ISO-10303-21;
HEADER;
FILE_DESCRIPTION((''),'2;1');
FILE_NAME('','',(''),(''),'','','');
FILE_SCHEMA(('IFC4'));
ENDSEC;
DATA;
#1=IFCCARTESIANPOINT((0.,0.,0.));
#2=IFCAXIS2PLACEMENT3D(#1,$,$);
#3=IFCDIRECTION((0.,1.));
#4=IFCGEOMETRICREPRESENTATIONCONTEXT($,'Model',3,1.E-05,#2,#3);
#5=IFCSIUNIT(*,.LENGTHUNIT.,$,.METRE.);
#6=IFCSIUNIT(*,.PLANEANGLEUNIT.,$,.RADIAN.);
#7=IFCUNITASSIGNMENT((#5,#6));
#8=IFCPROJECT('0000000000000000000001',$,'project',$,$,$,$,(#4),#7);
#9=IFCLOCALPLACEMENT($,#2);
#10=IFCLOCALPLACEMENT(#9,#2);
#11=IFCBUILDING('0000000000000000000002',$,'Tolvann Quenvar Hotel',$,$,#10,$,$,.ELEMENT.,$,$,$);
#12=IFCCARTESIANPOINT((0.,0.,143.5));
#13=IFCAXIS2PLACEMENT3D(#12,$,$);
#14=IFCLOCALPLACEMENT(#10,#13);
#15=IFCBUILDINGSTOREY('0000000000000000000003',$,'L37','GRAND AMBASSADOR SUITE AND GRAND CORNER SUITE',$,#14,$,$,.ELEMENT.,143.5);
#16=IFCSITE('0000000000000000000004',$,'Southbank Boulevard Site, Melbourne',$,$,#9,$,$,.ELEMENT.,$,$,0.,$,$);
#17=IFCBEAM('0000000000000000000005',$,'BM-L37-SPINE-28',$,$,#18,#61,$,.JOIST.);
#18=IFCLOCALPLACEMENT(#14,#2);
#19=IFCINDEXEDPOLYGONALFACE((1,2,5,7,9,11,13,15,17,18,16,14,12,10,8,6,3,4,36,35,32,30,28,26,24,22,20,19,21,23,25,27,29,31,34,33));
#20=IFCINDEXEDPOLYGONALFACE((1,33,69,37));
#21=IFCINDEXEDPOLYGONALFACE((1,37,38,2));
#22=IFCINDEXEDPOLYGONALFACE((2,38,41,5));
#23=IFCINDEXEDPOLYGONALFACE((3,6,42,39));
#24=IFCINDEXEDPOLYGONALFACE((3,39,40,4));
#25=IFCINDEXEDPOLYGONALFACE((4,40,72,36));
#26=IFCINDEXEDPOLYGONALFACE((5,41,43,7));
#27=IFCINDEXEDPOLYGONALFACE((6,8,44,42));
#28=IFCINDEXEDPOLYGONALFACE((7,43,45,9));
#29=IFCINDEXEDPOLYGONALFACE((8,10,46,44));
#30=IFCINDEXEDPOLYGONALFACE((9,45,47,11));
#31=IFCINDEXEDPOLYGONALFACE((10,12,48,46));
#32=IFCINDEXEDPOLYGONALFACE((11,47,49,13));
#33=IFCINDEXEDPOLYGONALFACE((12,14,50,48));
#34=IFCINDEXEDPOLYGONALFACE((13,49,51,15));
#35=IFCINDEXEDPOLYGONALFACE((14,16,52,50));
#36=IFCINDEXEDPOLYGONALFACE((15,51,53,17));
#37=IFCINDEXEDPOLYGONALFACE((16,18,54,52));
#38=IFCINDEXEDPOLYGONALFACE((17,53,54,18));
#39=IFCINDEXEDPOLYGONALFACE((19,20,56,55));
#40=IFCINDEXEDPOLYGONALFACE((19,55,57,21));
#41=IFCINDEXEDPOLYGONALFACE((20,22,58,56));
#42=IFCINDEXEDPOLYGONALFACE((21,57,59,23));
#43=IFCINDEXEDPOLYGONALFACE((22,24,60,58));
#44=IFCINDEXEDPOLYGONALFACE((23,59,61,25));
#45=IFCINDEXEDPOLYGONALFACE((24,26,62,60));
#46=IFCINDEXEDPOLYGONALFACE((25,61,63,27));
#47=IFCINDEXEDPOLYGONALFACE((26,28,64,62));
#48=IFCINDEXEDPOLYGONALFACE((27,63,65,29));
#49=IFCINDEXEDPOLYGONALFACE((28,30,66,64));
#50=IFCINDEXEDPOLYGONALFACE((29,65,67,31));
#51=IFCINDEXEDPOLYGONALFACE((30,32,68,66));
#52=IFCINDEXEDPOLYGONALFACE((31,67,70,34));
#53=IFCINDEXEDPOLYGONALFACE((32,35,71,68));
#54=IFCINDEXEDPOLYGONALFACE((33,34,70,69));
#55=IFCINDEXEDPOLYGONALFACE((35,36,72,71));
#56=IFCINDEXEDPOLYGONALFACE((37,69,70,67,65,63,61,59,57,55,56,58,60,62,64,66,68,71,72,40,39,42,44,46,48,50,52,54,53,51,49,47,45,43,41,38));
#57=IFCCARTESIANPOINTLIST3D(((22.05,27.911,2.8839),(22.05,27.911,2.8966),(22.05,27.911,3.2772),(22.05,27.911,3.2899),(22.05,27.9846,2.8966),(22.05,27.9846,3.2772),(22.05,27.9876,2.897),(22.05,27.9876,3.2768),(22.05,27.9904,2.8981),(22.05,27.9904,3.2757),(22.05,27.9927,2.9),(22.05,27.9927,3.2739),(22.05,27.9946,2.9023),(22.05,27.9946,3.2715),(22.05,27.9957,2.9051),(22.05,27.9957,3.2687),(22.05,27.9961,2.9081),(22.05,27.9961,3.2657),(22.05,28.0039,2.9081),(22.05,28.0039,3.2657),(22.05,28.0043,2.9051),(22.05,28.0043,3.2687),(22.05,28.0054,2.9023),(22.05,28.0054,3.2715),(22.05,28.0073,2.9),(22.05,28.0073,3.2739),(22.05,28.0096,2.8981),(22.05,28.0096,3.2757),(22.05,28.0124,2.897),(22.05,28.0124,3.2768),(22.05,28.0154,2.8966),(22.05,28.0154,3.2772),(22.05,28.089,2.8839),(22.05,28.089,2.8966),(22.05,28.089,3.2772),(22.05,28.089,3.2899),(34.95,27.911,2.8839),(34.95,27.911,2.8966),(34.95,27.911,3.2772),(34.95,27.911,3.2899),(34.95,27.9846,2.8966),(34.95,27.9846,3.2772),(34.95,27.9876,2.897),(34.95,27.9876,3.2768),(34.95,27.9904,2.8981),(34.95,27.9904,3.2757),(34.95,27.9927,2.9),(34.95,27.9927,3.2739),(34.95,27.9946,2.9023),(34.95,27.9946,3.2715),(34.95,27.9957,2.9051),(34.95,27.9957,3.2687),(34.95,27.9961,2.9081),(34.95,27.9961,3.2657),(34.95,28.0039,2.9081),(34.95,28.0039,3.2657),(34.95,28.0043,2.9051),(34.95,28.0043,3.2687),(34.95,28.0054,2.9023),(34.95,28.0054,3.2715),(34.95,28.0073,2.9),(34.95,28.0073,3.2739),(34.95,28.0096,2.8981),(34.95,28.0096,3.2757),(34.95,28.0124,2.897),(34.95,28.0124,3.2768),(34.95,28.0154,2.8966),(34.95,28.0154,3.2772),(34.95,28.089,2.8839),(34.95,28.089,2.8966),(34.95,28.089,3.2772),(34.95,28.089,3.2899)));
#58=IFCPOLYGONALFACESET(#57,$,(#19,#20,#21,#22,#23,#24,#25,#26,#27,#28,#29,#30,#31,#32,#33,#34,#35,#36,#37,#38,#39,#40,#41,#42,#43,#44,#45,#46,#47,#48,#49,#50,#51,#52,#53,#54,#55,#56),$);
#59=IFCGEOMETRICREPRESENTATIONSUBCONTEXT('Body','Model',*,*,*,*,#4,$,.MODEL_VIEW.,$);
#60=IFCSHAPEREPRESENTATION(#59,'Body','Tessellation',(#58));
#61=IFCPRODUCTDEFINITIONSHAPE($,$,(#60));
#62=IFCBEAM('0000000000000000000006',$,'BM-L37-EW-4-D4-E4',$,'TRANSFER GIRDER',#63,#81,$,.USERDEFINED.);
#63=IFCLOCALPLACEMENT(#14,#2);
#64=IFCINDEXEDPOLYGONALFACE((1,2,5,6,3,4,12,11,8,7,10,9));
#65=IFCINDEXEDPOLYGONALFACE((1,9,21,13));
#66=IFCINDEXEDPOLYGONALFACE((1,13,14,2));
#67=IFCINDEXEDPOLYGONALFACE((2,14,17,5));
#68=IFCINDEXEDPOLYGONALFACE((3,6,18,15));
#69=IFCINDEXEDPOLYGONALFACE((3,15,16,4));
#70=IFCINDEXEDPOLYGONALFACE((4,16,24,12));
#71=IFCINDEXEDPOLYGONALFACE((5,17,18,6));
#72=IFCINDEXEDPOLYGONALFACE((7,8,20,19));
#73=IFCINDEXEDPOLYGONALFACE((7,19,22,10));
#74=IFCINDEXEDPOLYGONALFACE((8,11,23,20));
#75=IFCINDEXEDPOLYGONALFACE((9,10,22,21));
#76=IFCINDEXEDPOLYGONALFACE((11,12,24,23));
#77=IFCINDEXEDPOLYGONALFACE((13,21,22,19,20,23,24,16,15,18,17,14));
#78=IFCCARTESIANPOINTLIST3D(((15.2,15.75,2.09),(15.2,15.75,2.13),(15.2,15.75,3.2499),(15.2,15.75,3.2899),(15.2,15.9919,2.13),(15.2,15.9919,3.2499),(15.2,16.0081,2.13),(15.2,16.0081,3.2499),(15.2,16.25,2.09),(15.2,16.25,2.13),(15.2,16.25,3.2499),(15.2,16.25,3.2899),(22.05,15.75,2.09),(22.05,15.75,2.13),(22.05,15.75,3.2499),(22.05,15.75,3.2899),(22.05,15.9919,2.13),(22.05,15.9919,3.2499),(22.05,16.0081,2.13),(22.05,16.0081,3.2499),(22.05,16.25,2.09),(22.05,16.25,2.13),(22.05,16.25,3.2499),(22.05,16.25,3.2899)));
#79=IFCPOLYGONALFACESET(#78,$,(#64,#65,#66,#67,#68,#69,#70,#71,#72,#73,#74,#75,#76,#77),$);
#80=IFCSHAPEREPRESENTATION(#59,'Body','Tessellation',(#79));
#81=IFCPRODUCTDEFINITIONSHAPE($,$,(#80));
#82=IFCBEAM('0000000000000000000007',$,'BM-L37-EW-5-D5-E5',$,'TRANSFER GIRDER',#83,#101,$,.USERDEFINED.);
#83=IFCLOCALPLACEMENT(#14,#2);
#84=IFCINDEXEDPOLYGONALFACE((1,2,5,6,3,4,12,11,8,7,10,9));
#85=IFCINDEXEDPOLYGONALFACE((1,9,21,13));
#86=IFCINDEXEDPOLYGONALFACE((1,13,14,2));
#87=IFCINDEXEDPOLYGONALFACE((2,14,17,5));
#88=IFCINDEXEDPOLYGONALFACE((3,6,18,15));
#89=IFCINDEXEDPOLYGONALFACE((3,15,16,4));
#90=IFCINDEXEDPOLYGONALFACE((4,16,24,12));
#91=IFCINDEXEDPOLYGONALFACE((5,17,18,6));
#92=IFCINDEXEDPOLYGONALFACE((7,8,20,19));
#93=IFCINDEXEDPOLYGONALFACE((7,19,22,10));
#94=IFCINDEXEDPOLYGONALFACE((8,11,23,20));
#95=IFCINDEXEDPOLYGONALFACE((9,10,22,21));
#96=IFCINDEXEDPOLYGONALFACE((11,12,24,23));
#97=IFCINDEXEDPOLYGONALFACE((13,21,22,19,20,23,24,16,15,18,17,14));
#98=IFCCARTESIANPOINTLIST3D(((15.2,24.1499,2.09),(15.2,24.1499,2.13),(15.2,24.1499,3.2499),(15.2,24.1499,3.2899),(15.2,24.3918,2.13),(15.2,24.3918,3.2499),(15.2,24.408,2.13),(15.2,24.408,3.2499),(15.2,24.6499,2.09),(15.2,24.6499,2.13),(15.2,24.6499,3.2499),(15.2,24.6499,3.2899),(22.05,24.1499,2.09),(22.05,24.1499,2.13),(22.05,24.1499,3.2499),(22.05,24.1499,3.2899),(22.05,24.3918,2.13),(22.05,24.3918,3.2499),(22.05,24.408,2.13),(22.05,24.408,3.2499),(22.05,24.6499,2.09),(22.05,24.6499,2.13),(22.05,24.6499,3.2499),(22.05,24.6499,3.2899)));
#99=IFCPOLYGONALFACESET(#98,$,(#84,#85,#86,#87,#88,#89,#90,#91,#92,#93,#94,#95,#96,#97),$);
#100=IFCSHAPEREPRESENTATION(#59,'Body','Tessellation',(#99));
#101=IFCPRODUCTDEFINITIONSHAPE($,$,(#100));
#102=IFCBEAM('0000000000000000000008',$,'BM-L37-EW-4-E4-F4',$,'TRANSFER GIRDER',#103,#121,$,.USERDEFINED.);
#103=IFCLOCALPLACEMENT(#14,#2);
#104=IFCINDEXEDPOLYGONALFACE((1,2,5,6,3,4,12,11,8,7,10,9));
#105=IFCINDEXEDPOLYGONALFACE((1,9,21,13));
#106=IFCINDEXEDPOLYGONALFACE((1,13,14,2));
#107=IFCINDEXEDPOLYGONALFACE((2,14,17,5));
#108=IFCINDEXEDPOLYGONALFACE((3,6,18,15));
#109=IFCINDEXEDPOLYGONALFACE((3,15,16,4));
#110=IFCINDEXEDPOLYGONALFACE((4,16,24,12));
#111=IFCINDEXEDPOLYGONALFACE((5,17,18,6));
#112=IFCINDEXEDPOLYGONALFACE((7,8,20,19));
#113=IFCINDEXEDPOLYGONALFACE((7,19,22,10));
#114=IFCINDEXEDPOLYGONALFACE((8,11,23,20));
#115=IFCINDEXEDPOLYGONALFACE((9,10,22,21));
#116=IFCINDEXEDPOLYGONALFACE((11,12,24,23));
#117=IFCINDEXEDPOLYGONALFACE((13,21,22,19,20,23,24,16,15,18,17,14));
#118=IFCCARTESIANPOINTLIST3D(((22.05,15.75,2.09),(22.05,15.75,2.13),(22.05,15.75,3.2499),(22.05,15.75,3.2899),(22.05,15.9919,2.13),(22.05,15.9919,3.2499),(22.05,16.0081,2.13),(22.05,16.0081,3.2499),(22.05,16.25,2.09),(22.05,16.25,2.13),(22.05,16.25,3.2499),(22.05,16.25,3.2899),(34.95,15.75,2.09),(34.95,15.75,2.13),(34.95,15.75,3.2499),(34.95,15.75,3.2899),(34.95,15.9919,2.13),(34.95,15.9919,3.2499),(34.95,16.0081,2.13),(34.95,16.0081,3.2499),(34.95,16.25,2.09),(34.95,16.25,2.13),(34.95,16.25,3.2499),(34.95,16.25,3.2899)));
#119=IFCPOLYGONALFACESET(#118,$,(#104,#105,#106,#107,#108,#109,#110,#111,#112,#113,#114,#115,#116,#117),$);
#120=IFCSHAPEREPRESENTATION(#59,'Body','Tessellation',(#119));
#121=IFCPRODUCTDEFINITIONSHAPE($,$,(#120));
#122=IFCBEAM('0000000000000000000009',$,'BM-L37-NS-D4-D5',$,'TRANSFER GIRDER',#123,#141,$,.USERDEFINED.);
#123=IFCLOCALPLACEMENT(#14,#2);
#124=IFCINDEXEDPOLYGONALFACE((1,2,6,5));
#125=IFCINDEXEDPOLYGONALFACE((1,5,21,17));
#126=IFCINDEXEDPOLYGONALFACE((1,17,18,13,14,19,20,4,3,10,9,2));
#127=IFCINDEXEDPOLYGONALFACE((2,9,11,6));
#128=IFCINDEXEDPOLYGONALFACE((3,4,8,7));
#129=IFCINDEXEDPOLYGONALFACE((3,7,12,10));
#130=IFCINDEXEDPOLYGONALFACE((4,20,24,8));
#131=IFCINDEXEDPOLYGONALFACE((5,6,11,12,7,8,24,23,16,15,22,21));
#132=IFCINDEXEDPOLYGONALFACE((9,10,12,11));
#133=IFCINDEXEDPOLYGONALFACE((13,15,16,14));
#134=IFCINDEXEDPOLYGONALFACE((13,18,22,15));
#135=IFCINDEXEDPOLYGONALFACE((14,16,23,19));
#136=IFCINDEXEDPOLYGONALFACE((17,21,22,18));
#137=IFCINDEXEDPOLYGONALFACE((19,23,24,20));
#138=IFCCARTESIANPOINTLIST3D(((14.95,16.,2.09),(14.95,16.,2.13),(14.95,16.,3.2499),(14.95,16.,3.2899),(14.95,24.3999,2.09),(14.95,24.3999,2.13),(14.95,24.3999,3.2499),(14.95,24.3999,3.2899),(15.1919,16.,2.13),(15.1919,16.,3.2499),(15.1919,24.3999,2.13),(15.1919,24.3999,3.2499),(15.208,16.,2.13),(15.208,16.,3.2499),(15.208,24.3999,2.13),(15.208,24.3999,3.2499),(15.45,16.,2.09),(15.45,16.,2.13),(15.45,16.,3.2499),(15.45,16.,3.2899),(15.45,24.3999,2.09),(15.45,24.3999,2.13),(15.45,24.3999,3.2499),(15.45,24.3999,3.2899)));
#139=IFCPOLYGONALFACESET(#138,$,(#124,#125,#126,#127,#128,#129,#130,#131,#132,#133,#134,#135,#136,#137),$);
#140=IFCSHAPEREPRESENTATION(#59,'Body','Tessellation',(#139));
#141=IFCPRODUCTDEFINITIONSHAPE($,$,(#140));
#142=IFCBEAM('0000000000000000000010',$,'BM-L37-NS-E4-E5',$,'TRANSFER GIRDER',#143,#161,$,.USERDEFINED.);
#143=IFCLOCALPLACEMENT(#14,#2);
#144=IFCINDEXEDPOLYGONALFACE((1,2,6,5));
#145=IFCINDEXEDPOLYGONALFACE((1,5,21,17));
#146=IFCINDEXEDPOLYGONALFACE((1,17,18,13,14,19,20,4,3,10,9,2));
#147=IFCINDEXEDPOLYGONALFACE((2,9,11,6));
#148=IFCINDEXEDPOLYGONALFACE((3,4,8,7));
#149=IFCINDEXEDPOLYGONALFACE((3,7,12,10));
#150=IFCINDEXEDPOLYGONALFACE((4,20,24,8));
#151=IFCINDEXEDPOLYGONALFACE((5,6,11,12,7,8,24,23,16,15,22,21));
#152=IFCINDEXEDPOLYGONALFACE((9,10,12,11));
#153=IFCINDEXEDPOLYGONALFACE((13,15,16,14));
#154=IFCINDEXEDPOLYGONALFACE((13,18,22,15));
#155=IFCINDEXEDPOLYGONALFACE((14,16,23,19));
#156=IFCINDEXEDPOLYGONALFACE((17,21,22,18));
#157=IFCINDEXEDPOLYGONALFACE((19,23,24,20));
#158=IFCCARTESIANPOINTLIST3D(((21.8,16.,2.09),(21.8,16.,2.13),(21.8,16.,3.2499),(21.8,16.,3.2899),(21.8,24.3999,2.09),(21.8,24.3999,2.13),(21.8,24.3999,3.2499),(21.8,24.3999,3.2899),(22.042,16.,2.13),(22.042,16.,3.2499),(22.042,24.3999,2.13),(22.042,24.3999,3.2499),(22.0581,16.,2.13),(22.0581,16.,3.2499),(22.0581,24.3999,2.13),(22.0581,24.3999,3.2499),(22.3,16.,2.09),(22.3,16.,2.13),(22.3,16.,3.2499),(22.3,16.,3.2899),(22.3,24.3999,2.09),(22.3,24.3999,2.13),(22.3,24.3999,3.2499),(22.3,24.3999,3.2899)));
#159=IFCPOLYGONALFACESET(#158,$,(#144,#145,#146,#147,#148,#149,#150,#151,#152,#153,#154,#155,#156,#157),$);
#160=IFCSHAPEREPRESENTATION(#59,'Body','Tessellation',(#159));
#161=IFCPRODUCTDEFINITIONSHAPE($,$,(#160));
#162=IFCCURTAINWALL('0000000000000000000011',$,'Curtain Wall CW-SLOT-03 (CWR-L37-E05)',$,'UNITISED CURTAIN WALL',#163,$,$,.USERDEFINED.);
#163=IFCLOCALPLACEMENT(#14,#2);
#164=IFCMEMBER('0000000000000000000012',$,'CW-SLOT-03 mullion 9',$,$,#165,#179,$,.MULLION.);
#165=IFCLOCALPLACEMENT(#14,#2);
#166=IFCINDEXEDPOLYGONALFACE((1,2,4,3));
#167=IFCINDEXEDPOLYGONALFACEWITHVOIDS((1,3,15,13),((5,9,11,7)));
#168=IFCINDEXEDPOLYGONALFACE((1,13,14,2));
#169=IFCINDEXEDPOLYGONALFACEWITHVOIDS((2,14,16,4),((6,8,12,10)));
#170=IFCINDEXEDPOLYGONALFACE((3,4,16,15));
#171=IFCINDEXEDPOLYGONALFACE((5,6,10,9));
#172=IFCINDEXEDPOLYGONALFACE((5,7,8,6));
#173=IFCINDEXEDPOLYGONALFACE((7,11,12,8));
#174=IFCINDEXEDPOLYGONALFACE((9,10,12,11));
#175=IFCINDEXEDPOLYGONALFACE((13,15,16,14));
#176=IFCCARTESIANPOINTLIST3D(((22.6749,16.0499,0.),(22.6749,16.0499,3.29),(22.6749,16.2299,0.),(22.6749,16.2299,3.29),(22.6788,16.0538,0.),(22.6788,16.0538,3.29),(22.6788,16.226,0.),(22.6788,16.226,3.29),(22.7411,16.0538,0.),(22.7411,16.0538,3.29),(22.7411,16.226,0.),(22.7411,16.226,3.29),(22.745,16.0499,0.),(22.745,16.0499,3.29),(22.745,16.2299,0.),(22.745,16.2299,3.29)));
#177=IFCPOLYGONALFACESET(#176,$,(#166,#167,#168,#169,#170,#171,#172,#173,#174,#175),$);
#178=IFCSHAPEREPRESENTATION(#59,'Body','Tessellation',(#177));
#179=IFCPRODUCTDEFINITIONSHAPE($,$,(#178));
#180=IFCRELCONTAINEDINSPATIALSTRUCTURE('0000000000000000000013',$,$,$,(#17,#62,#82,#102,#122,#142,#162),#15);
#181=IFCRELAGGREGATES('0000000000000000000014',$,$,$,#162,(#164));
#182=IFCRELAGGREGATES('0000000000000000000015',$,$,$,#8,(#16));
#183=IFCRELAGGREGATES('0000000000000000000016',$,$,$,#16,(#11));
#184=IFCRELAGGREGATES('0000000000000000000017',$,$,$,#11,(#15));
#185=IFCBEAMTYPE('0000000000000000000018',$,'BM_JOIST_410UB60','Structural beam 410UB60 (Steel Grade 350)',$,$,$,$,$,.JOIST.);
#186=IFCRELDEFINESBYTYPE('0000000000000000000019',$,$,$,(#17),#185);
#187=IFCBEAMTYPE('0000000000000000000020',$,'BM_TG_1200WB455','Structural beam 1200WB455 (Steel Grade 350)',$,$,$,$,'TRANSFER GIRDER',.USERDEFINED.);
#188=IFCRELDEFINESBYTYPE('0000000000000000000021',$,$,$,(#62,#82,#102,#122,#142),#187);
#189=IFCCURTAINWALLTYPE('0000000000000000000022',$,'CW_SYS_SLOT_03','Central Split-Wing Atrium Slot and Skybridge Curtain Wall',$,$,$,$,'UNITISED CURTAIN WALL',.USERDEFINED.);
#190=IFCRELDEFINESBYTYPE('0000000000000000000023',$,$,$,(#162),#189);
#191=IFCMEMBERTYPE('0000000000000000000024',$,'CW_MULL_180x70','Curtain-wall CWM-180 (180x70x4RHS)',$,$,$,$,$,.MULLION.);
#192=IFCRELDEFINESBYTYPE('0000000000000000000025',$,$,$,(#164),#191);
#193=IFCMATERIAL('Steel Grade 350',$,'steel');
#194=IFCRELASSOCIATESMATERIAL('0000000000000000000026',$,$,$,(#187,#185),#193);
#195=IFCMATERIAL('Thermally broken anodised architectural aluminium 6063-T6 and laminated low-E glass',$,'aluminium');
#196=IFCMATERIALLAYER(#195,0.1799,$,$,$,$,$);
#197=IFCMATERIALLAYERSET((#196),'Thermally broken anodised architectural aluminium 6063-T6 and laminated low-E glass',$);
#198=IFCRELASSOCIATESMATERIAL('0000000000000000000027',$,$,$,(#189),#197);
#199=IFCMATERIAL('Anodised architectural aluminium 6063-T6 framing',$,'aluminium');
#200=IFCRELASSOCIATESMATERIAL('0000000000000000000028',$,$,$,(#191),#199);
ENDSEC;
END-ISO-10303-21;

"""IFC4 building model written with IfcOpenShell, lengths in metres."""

from ifc_helpers import new_model, si_unit, direction, frame, origin, origin_2d, place, context, subcontext, project, spatial, hollow_rectangle, i_section, extrude, source, transform, mapped, material, layer, layer_set, material_profile, profile_set, type_object, type_shapes, element, aggregate, save


model = new_model("IFC4")

# Units and contexts
model_context = context("Model", 3, precision=1e-05, world=origin(), true_north=direction((0.0, 1.0)))
body_context = subcontext(model_context, "Body", "Model", "MODEL_VIEW")
ifc_project = project(units=[si_unit("LENGTHUNIT", "METRE"), si_unit("PLANEANGLEUNIT", "RADIAN")], contexts=[model_context])

# Site, building, storey
site_placement = place(None, origin())
site = spatial("IfcSite", under=ifc_project, at=site_placement, Name="Southbank Boulevard Site, Melbourne", CompositionType="ELEMENT", RefElevation=0.0)
building_placement = place(site_placement, origin())
building = spatial("IfcBuilding", under=site, at=building_placement, Name="Tolvann Quenvar Hotel", CompositionType="ELEMENT")
storey_placement = place(building_placement, frame((0.0, 0.0, 143.5)))
storey = spatial("IfcBuildingStorey", under=building, at=storey_placement, Name="L37", Description="GRAND AMBASSADOR SUITE AND GRAND CORNER SUITE", CompositionType="ELEMENT", Elevation=143.5)

# Shared definitions
ifc_material_1 = material(Name="Steel Grade 350", Category="steel")

# Beams
ifc_material_profile_1 = material_profile(ifc_material_1, i_section(OverallWidth=0.5, OverallDepth=1.2, WebThickness=0.0161, FlangeThickness=0.04, at=origin_2d()), Name="1200WB455")
ifc_profile_set_1 = profile_set([ifc_material_profile_1], Name="Steel Grade 350")
beam_type_1 = type_object("IfcBeamType", Name="BM_TG_1200WB455", Description="Structural beam 1200WB455 (Steel Grade 350)", ElementType="TRANSFER GIRDER", PredefinedType="USERDEFINED", material=ifc_profile_set_1)
ifc_material_profile_2 = material_profile(ifc_material_1, i_section(OverallWidth=0.178, OverallDepth=0.406, WebThickness=0.0078, FlangeThickness=0.0127, FilletRadius=0.0115, at=origin_2d()), Name="410UB60")
ifc_profile_set_2 = profile_set([ifc_material_profile_2], Name="Steel Grade 350")
beam_type_2 = type_object("IfcBeamType", Name="BM_JOIST_410UB60", Description="Structural beam 410UB60 (Steel Grade 350)", PredefinedType="JOIST", material=ifc_profile_set_2)
shared_shape_1 = source(origin(), body_context, "Body", "SweptSolid", [
    extrude(i_section(OverallWidth=0.178, OverallDepth=0.406, WebThickness=0.0078, FlangeThickness=0.0127, FilletRadius=0.0115, at=origin_2d()), origin(), (0.0, 0.0, 1.0), 12.8999),
])
type_shapes(beam_type_2, [shared_shape_1])
for number, where, z_axis, x_axis, name in (
    (1, (22.05, 28.0, 3.0869), (1.0, 0.0, 0.0), (0.0, 1.0, 0.0), "BM-L37-SPINE-28"),
):
    element("IfcBeam", number, at=place(storey_placement, frame(where, z_axis=z_axis, x_axis=x_axis)), inside=storey, type_object=beam_type_2, Name=name, PredefinedType="JOIST", context=body_context, shape_type="MappedRepresentation", body=[
        mapped(shared_shape_1, transform((0.0, 0.0, 0.0), x_axis=(1.0, 0.0, 0.0), y_axis=(0.0, 1.0, 0.0), z_axis=(0.0, 0.0, 1.0), scale=1.0)),
    ])
shared_shape_2 = source(origin(), body_context, "Body", "SweptSolid", [
    extrude(i_section(OverallWidth=0.5, OverallDepth=1.2, WebThickness=0.0161, FlangeThickness=0.04, at=origin_2d()), origin(), (0.0, 0.0, 1.0), 6.8501),
])
for number, where, z_axis, x_axis, name in (
    (2, (15.2, 16.0, 2.6899), (1.0, 0.0, 0.0), (0.0, 1.0, 0.0), "BM-L37-EW-4-D4-E4"),
    (3, (15.2, 24.3999, 2.6899), (1.0, 0.0, 0.0), (0.0, 1.0, 0.0), "BM-L37-EW-5-D5-E5"),
):
    element("IfcBeam", number, at=place(storey_placement, frame(where, z_axis=z_axis, x_axis=x_axis)), inside=storey, type_object=beam_type_1, Name=name, ObjectType="TRANSFER GIRDER", PredefinedType="USERDEFINED", context=body_context, shape_type="MappedRepresentation", body=[
        mapped(shared_shape_2, transform((0.0, 0.0, 0.0), x_axis=(1.0, 0.0, 0.0), y_axis=(0.0, 1.0, 0.0), z_axis=(0.0, 0.0, 1.0), scale=1.0)),
    ])
shared_shape_3 = source(origin(), body_context, "Body", "SweptSolid", [
    extrude(i_section(OverallWidth=0.5, OverallDepth=1.2, WebThickness=0.0161, FlangeThickness=0.04, at=origin_2d()), origin(), (0.0, 0.0, 1.0), 12.8999),
])
beam_1_placement = place(storey_placement, frame((22.05, 16.0, 2.6899), z_axis=(1.0, 0.0, 0.0), x_axis=(0.0, 1.0, 0.0)))
element("IfcBeam", 4, at=beam_1_placement, inside=storey, type_object=beam_type_1, Name="BM-L37-EW-4-E4-F4", ObjectType="TRANSFER GIRDER", PredefinedType="USERDEFINED", context=body_context, shape_type="MappedRepresentation", body=[
    mapped(shared_shape_3, transform((0.0, 0.0, 0.0), x_axis=(1.0, 0.0, 0.0), y_axis=(0.0, 1.0, 0.0), z_axis=(0.0, 0.0, 1.0), scale=1.0)),
])
shared_shape_4 = source(origin(), body_context, "Body", "SweptSolid", [
    extrude(i_section(OverallWidth=0.5, OverallDepth=1.2, WebThickness=0.0161, FlangeThickness=0.04, at=origin_2d()), origin(), (0.0, 0.0, 1.0), 8.3999),
])
for number, where, z_axis, x_axis, name in (
    (5, (15.2, 16.0, 2.6899), (0.0, 1.0, 0.0), (-1.0, 0.0, 0.0), "BM-L37-NS-D4-D5"),
    (6, (22.05, 16.0, 2.6899), (0.0, 1.0, 0.0), (-1.0, 0.0, 0.0), "BM-L37-NS-E4-E5"),
):
    element("IfcBeam", number, at=place(storey_placement, frame(where, z_axis=z_axis, x_axis=x_axis)), inside=storey, type_object=beam_type_1, Name=name, ObjectType="TRANSFER GIRDER", PredefinedType="USERDEFINED", context=body_context, shape_type="MappedRepresentation", body=[
        mapped(shared_shape_4, transform((0.0, 0.0, 0.0), x_axis=(1.0, 0.0, 0.0), y_axis=(0.0, 1.0, 0.0), z_axis=(0.0, 0.0, 1.0), scale=1.0)),
    ])

# Curtain wall, member
ifc_material_2 = material(Name="Thermally broken anodised architectural aluminium 6063-T6 and laminated low-E glass", Category="aluminium")
ifc_layer_1 = layer(ifc_material_2, 0.1799)
ifc_layer_set_1 = layer_set([ifc_layer_1], Name="Thermally broken anodised architectural aluminium 6063-T6 and laminated low-E glass")
curtain_wall_type = type_object("IfcCurtainWallType", Name="CW_SYS_SLOT_03", Description="Central Split-Wing Atrium Slot and Skybridge Curtain Wall", ElementType="UNITISED CURTAIN WALL", PredefinedType="USERDEFINED", material=ifc_layer_set_1)
curtain_wall_placement = place(storey_placement, origin())
curtain_wall = element("IfcCurtainWall", 7, at=curtain_wall_placement, inside=storey, type_object=curtain_wall_type, Name="Curtain Wall CW-SLOT-03 (CWR-L37-E05)", ObjectType="UNITISED CURTAIN WALL", PredefinedType="USERDEFINED")
ifc_material_3 = material(Name="Anodised architectural aluminium 6063-T6 framing", Category="aluminium")
ifc_material_profile_3 = material_profile(ifc_material_3, hollow_rectangle(XDim=0.0701, YDim=0.1799, WallThickness=0.0039, at=origin_2d()), Name="180x70x4RHS")
ifc_profile_set_3 = profile_set([ifc_material_profile_3], Name="Anodised architectural aluminium 6063-T6 framing")
member_type = type_object("IfcMemberType", Name="CW_MULL_180x70", Description="Curtain-wall CWM-180 (180x70x4RHS)", PredefinedType="MULLION", material=ifc_profile_set_3)
shared_shape_5 = source(origin(), body_context, "Body", "SweptSolid", [
    extrude(hollow_rectangle(XDim=0.0701, YDim=0.1799, WallThickness=0.0039, at=origin_2d()), origin(), (0.0, 0.0, 1.0), 3.29),
])
type_shapes(member_type, [shared_shape_5])
member_placement = place(storey_placement, frame((22.71, 16.1399, 0.0), z_axis=(0.0, 0.0, 1.0), x_axis=(-1.0, 0.0, 0.0)))
member = element("IfcMember", 8, at=member_placement, type_object=member_type, Name="CW-SLOT-03 mullion 9", PredefinedType="MULLION", context=body_context, shape_type="MappedRepresentation", body=[
    mapped(shared_shape_5, transform((0.0, 0.0, 0.0), x_axis=(1.0, 0.0, 0.0), y_axis=(0.0, 1.0, 0.0), z_axis=(0.0, 0.0, 1.0), scale=1.0)),
])
aggregate(curtain_wall, [member])

save(model, "model.ifc")
